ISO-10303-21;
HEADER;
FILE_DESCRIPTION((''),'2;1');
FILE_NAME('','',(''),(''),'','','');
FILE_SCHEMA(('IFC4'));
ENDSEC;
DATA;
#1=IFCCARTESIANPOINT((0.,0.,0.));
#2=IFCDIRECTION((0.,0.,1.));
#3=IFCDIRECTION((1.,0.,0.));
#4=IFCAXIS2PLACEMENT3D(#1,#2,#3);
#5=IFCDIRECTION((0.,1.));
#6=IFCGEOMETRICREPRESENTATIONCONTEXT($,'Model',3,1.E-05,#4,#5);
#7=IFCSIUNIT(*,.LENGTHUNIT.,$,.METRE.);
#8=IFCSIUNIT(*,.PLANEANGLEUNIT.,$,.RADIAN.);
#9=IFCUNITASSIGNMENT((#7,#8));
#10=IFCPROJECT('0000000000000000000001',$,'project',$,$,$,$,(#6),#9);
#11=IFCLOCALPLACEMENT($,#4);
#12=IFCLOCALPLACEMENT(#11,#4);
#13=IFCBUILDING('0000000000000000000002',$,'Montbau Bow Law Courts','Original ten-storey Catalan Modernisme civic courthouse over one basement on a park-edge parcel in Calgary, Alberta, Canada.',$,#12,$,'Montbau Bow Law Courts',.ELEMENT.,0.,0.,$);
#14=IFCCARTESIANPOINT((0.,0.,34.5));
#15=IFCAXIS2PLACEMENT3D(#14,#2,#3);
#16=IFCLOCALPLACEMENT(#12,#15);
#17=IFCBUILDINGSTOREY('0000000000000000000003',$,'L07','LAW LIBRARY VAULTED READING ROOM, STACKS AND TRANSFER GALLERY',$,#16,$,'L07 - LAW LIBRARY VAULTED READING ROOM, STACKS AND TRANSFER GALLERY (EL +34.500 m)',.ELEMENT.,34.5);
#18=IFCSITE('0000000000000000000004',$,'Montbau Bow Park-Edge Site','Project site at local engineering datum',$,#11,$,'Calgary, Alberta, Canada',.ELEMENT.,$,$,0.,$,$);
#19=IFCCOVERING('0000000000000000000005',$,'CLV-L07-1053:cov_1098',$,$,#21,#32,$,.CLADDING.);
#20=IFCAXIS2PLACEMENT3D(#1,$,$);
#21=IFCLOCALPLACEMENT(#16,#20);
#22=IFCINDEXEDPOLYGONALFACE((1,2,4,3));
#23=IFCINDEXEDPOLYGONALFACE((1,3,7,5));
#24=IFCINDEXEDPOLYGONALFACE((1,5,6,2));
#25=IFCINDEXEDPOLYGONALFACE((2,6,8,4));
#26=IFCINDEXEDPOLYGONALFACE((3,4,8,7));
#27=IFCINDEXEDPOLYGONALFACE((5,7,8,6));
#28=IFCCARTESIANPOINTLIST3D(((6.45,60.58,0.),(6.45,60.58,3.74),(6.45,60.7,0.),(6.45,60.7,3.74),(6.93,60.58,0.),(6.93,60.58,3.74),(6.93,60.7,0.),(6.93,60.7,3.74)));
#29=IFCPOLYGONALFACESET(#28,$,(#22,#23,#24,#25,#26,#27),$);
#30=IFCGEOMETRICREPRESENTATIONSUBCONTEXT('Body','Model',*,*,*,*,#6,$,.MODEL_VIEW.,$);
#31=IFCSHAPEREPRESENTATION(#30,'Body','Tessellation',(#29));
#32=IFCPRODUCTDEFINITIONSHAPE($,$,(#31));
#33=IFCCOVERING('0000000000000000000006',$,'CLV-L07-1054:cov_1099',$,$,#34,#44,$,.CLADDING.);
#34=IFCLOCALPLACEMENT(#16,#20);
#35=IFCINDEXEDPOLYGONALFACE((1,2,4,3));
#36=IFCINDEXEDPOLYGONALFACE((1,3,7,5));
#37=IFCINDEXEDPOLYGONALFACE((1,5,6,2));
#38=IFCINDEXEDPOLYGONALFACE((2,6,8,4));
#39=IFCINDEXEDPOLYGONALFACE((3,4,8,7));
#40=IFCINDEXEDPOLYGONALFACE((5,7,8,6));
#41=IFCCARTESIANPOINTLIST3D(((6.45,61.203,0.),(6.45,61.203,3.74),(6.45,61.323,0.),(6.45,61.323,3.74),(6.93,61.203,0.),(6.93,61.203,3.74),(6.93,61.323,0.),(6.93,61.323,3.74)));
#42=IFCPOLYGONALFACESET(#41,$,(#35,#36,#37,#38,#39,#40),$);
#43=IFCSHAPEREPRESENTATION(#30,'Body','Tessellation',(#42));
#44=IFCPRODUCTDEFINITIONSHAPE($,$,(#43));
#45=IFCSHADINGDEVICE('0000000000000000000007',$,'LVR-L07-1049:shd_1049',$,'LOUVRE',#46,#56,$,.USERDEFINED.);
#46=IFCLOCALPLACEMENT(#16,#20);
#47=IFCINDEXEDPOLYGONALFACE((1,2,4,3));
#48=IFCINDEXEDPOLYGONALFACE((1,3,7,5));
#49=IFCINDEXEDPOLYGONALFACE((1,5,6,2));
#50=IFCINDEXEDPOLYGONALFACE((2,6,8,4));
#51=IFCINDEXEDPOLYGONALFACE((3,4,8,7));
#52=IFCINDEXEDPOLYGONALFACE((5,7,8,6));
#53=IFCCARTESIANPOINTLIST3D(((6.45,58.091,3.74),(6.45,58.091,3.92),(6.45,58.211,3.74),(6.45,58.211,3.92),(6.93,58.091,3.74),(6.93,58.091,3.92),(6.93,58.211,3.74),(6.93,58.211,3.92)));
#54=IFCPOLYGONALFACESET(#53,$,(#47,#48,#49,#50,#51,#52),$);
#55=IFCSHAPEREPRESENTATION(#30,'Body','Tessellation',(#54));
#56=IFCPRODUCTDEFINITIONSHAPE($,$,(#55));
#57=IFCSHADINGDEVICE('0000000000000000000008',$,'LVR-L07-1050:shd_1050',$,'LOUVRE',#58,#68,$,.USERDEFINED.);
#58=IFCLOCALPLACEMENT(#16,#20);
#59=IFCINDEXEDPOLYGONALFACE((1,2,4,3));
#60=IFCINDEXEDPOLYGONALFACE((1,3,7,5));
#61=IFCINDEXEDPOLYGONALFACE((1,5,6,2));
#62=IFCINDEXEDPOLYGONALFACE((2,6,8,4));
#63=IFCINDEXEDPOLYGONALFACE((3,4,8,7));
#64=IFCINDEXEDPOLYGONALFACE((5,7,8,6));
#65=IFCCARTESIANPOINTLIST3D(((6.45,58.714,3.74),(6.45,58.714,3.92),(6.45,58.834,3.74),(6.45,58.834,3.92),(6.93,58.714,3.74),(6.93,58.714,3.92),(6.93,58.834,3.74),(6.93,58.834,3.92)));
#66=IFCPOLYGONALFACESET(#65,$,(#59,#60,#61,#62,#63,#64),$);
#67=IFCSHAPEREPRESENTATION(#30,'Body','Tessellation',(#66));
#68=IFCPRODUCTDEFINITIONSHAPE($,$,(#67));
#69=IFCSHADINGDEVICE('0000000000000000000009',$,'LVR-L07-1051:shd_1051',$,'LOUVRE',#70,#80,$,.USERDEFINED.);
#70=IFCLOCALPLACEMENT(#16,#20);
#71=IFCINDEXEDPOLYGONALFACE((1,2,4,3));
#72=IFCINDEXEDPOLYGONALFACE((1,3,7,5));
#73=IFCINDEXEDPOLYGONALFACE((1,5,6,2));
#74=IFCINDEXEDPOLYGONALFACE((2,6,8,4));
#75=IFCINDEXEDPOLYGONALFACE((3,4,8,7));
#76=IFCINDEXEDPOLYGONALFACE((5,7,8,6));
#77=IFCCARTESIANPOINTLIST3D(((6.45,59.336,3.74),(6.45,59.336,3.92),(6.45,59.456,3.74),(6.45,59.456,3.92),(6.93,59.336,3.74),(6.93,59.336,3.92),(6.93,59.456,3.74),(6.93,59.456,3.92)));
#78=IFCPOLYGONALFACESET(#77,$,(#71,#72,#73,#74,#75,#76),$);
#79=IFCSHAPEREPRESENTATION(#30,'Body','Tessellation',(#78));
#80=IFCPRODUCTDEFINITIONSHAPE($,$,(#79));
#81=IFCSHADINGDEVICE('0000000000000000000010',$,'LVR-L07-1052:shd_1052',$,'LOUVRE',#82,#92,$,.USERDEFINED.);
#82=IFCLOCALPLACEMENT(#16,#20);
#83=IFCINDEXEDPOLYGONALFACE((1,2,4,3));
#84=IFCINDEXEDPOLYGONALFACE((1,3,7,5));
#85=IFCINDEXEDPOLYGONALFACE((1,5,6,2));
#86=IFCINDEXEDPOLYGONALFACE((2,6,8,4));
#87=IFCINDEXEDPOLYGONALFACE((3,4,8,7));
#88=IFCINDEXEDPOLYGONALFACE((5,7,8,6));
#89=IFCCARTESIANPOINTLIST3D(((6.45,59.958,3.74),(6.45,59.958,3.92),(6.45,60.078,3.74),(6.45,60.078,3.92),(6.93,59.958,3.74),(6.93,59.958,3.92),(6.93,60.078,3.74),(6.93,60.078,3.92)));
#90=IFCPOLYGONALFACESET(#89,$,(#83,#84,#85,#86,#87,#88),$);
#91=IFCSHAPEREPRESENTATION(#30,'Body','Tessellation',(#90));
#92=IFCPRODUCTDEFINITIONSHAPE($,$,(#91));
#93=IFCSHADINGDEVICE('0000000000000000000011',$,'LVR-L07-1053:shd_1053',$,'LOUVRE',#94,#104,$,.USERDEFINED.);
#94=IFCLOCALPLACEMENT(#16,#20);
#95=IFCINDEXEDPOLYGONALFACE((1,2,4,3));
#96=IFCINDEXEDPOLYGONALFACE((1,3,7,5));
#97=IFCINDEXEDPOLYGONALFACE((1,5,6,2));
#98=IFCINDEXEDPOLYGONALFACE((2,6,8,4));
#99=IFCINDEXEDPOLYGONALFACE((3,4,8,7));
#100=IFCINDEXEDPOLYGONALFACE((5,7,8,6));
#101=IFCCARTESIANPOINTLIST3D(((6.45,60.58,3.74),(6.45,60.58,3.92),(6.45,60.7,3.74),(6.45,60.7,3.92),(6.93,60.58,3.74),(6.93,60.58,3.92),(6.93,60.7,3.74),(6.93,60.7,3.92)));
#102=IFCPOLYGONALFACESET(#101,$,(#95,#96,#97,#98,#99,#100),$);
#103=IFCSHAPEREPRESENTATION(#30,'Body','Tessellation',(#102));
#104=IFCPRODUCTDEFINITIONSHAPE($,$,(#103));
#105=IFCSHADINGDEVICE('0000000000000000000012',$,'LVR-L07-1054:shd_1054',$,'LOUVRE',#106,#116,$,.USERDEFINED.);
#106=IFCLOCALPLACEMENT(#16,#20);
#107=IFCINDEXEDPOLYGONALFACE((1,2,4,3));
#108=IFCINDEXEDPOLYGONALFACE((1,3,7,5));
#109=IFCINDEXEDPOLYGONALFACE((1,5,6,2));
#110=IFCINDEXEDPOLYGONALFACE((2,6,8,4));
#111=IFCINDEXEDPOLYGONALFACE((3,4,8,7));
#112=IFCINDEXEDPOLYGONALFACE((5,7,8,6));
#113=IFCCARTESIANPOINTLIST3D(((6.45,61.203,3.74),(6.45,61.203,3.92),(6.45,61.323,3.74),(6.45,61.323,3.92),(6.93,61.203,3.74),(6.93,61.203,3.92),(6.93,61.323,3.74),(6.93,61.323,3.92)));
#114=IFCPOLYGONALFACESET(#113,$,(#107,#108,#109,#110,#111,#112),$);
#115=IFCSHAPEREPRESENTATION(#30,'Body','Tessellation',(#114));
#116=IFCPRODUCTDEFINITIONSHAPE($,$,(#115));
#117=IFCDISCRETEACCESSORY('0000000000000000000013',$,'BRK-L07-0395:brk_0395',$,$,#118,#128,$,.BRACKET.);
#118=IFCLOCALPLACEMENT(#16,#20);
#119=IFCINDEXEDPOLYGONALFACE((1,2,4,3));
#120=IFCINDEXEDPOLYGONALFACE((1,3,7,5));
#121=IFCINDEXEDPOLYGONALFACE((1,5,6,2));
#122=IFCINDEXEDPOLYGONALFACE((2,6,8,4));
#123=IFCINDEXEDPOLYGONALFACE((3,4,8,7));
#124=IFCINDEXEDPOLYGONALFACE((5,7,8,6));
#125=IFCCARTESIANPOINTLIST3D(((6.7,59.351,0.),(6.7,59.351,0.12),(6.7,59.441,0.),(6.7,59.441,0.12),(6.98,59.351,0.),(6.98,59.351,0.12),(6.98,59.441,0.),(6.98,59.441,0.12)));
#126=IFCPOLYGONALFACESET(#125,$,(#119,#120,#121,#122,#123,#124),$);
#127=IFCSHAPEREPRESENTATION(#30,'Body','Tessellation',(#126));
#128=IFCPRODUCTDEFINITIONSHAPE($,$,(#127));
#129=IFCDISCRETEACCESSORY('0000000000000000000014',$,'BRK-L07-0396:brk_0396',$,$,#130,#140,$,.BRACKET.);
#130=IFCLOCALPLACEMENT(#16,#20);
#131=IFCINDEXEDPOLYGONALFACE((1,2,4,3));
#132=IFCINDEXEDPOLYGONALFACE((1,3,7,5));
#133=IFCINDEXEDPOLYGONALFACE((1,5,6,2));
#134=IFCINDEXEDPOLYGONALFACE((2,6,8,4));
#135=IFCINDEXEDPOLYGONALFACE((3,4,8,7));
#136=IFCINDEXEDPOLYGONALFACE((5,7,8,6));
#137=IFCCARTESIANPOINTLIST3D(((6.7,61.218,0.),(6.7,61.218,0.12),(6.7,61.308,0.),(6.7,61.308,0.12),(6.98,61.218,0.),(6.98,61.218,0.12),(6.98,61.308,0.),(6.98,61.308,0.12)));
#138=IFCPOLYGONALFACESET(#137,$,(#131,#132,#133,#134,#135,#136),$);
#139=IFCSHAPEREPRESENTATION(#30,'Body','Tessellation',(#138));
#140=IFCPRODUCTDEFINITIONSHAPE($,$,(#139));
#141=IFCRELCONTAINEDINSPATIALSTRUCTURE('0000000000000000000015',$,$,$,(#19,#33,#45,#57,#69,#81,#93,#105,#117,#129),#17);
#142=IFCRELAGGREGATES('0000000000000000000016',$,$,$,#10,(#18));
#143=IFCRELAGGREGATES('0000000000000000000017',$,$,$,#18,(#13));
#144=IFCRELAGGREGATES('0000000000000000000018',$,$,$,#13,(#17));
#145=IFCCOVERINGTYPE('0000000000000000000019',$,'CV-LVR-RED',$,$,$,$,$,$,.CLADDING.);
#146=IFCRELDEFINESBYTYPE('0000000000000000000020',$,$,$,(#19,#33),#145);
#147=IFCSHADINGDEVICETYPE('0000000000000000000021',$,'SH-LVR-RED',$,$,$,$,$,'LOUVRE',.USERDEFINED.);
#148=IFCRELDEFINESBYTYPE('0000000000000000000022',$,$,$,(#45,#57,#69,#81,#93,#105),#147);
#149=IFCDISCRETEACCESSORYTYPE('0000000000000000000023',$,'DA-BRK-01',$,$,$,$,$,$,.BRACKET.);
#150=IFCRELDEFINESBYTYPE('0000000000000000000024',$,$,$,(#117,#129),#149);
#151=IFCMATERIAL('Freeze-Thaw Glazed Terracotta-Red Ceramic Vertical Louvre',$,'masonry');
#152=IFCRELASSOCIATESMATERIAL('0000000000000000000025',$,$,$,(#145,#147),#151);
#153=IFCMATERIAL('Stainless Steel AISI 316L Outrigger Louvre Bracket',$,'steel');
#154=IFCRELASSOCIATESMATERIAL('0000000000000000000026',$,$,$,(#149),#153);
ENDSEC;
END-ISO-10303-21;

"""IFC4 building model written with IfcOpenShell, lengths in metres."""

from ifc_helpers import new_model, si_unit, direction, frame, frame_2d, origin_with_axes, origin_2d_with_axis, place, context, subcontext, project, spatial, rectangle, extrude, material, type_object, element, save


model = new_model("IFC4")

# Units and contexts
model_context = context("Model", 3, precision=1e-05, world=origin_with_axes(), true_north=direction((0.0, 1.0)))
body_context = subcontext(model_context, "Body", "Model", "MODEL_VIEW")
ifc_project = project(units=[si_unit("LENGTHUNIT", "METRE"), si_unit("PLANEANGLEUNIT", "RADIAN")], contexts=[model_context])

# Site, building, storey
site_placement = place(None, origin_with_axes())
site = spatial("IfcSite", under=ifc_project, at=site_placement, Name="Montbau Bow Park-Edge Site", Description="Project site at local engineering datum", LongName="Calgary, Alberta, Canada", CompositionType="ELEMENT", RefElevation=0.0)
building_placement = place(site_placement, origin_with_axes())
building = spatial("IfcBuilding", under=site, at=building_placement, Name="Montbau Bow Law Courts", Description="Original ten-storey Catalan Modernisme civic courthouse over one basement on a park-edge parcel in Calgary, Alberta, Canada.", LongName="Montbau Bow Law Courts", CompositionType="ELEMENT", ElevationOfRefHeight=0.0, ElevationOfTerrain=0.0)
storey_placement = place(building_placement, frame((0.0, 0.0, 34.5), z_axis=(0.0, 0.0, 1.0), x_axis=(1.0, 0.0, 0.0)))
storey = spatial("IfcBuildingStorey", under=building, at=storey_placement, Name="L07", Description="LAW LIBRARY VAULTED READING ROOM, STACKS AND TRANSFER GALLERY", LongName="L07 - LAW LIBRARY VAULTED READING ROOM, STACKS AND TRANSFER GALLERY (EL +34.500 m)", CompositionType="ELEMENT", Elevation=34.5)

# Coverings
ifc_material_1 = material(Name="Freeze-Thaw Glazed Terracotta-Red Ceramic Vertical Louvre", Category="masonry")
covering_type = type_object("IfcCoveringType", Name="CV-LVR-RED", PredefinedType="CLADDING", material=ifc_material_1)
for number, where, z_axis, x_axis, name in (
    (1, (6.93, 60.64, 34.5), (0.0, 1.0, 0.0), (-1.0, 0.0, 0.0), "CLV-L07-1053:cov_1098"),
    (2, (6.93, 61.263, 34.5), (0.0, 1.0, 0.0), (-1.0, 0.0, 0.0), "CLV-L07-1054:cov_1099"),
):
    element("IfcCovering", number, at=place(None, frame(where, z_axis=z_axis, x_axis=x_axis)), inside=storey, type_object=covering_type, Name=name, PredefinedType="CLADDING", context=body_context, shape_type="SweptSolid", body=[
        extrude(rectangle(XDim=0.48, YDim=3.74, at=frame_2d((0.24, 1.87), x_axis=(1.0, 0.0))), frame((0.0, 0.0, -0.06), z_axis=(0.0, 0.0, 1.0), x_axis=(1.0, 0.0, 0.0)), (0.0, 0.0, 1.0), 0.12),
    ])

# Shading devices
shading_device_type = type_object("IfcShadingDeviceType", Name="SH-LVR-RED", ElementType="LOUVRE", PredefinedType="USERDEFINED", material=ifc_material_1)
for number, where, z_axis, x_axis, name in (
    (3, (6.69, 58.151, 38.24), (0.0, 0.0, 1.0), (-1.0, 0.0, 0.0), "LVR-L07-1049:shd_1049"),
    (4, (6.69, 58.774, 38.24), (0.0, 0.0, 1.0), (-1.0, 0.0, 0.0), "LVR-L07-1050:shd_1050"),
    (5, (6.69, 59.396, 38.24), (0.0, 0.0, 1.0), (-1.0, 0.0, 0.0), "LVR-L07-1051:shd_1051"),
    (6, (6.69, 60.018, 38.24), (0.0, 0.0, 1.0), (-1.0, 0.0, 0.0), "LVR-L07-1052:shd_1052"),
    (7, (6.69, 60.64, 38.24), (0.0, 0.0, 1.0), (-1.0, 0.0, 0.0), "LVR-L07-1053:shd_1053"),
    (8, (6.69, 61.263, 38.24), (0.0, 0.0, 1.0), (-1.0, 0.0, 0.0), "LVR-L07-1054:shd_1054"),
):
    element("IfcShadingDevice", number, at=place(None, frame(where, z_axis=z_axis, x_axis=x_axis)), inside=storey, type_object=shading_device_type, Name=name, ObjectType="LOUVRE", PredefinedType="USERDEFINED", context=body_context, shape_type="SweptSolid", body=[
        extrude(rectangle(XDim=0.48, YDim=0.12, at=origin_2d_with_axis()), origin_with_axes(), (0.0, 0.0, 1.0), 0.18),
    ])

# Discrete accessories
ifc_material_2 = material(Name="Stainless Steel AISI 316L Outrigger Louvre Bracket", Category="steel")
discrete_accessory_type = type_object("IfcDiscreteAccessoryType", Name="DA-BRK-01", PredefinedType="BRACKET", material=ifc_material_2)
for number, where, z_axis, x_axis, name in (
    (9, (6.84, 59.396, 34.5), (0.0, 0.0, 1.0), (-1.0, 0.0, 0.0), "BRK-L07-0395:brk_0395"),
    (10, (6.84, 61.263, 34.5), (0.0, 0.0, 1.0), (-1.0, 0.0, 0.0), "BRK-L07-0396:brk_0396"),
):
    element("IfcDiscreteAccessory", number, at=place(None, frame(where, z_axis=z_axis, x_axis=x_axis)), inside=storey, type_object=discrete_accessory_type, Name=name, PredefinedType="BRACKET", context=body_context, shape_type="SweptSolid", body=[
        extrude(rectangle(XDim=0.28, YDim=0.09, at=origin_2d_with_axis()), origin_with_axes(), (0.0, 0.0, 1.0), 0.12),
    ])

save(model, "model.ifc")
